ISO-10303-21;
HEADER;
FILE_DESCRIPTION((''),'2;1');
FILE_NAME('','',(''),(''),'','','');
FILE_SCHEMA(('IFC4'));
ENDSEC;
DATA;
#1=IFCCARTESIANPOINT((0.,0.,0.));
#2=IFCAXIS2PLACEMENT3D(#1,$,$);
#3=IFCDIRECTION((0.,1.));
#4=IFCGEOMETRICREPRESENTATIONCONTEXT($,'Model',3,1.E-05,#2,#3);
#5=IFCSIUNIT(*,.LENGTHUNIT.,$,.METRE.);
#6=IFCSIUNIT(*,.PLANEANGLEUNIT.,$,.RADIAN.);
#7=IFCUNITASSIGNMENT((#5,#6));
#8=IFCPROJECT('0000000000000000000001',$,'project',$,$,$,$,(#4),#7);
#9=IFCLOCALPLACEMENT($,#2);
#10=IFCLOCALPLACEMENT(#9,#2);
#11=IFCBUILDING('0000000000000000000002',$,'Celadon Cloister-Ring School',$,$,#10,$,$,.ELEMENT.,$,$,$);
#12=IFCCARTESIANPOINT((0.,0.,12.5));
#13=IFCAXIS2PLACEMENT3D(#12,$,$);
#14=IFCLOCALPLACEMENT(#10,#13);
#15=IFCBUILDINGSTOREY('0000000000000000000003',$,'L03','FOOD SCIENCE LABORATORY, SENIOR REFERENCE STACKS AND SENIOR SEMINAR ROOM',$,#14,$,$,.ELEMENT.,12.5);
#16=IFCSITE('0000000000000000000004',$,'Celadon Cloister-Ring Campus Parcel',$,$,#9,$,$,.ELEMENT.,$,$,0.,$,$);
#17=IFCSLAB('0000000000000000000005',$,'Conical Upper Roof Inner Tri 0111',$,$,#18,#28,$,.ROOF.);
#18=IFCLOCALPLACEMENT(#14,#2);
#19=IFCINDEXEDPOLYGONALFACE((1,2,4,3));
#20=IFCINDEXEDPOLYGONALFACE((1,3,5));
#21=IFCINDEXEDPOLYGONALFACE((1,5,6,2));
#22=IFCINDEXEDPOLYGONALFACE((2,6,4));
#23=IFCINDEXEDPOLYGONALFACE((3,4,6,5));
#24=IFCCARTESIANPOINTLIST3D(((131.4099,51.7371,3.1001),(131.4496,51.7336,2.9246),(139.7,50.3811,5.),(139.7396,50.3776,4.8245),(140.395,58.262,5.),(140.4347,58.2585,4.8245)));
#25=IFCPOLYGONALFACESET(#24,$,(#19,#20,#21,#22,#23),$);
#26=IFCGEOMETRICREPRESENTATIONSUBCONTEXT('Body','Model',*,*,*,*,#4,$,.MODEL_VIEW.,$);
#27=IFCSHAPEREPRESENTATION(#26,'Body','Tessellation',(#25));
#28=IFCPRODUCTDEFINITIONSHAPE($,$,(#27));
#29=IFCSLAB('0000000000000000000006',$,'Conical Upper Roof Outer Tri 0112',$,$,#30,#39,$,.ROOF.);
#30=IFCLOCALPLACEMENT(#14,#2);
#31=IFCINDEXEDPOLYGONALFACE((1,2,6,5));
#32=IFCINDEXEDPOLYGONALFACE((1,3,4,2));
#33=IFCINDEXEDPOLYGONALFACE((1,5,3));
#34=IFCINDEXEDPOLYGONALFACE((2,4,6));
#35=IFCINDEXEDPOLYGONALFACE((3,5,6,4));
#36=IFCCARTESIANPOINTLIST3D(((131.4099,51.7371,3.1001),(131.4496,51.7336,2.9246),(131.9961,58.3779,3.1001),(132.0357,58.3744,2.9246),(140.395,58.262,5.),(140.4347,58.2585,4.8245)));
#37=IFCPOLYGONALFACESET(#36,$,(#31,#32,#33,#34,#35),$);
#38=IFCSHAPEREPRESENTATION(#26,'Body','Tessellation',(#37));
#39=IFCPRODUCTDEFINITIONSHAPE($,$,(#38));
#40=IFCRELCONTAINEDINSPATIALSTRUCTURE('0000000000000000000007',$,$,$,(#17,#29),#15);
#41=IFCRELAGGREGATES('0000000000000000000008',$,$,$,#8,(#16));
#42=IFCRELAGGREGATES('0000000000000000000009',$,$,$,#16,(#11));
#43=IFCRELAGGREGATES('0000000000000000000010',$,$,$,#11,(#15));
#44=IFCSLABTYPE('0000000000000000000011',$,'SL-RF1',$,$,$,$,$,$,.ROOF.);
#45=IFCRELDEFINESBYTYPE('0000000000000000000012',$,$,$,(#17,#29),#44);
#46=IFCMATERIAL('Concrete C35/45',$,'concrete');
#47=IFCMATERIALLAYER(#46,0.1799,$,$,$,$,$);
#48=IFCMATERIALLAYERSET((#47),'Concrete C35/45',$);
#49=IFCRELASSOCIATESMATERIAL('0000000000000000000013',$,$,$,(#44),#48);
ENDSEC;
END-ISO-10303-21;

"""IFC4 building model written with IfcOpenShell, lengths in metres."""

from ifc_helpers import new_model, si_unit, direction, frame, origin, place, context, subcontext, project, spatial, polyline, outline, extrude, material, layer, layer_set, type_object, element, save


model = new_model("IFC4")

# Units and contexts
model_context = context("Model", 3, precision=1e-05, world=origin(), true_north=direction((0.0, 1.0)))
body_context = subcontext(model_context, "Body", "Model", "MODEL_VIEW")
ifc_project = project(units=[si_unit("LENGTHUNIT", "METRE"), si_unit("PLANEANGLEUNIT", "RADIAN")], contexts=[model_context])

# Site, building, storey
site_placement = place(None, origin())
site = spatial("IfcSite", under=ifc_project, at=site_placement, Name="Celadon Cloister-Ring Campus Parcel", CompositionType="ELEMENT", RefElevation=0.0)
building_placement = place(site_placement, origin())
building = spatial("IfcBuilding", under=site, at=building_placement, Name="Celadon Cloister-Ring School", CompositionType="ELEMENT")
storey_placement = place(building_placement, frame((0.0, 0.0, 12.5)))
storey = spatial("IfcBuildingStorey", under=building, at=storey_placement, Name="L03", Description="FOOD SCIENCE LABORATORY, SENIOR REFERENCE STACKS AND SENIOR SEMINAR ROOM", CompositionType="ELEMENT", Elevation=12.5)

# Slabs
ifc_material_1 = material(Name="Concrete C35/45", Category="concrete")
ifc_layer_1 = layer(ifc_material_1, 0.1799)
ifc_layer_set_1 = layer_set([ifc_layer_1], Name="Concrete C35/45")
slab_type = type_object("IfcSlabType", Name="SL-RF1", PredefinedType="ROOF", material=ifc_layer_set_1)
slab_1_placement = place(storey_placement, frame((131.4099, 51.7371, 3.1001), z_axis=(-0.220324, 0.019432, 0.975233), x_axis=(0.962573, -0.157443, 0.220601)))
element("IfcSlab", 1, at=slab_1_placement, inside=storey, type_object=slab_type, Name="Conical Upper Roof Inner Tri 0111", PredefinedType="ROOF", context=body_context, shape_type="SweptSolid", body=[
    extrude(outline(polyline([(0.0, 0.0), (8.6124, 0.0), (8.0406, 7.8908), (0.0, 0.0)])), origin(), (0.0, 0.0, -1.0), 0.1799),
])
slab_2_placement = place(storey_placement, frame((131.4099, 51.7371, 3.1001), z_axis=(-0.220336, 0.019449, 0.97523), x_axis=(0.797563, 0.579183, 0.168645)))
element("IfcSlab", 2, at=slab_2_placement, inside=storey, type_object=slab_type, Name="Conical Upper Roof Outer Tri 0112", PredefinedType="ROOF", context=body_context, shape_type="SweptSolid", body=[
    extrude(outline(polyline([(0.0, 0.0), (11.2657, 0.0), (4.3138, 5.0829), (0.0, 0.0)])), origin(), (0.0, 0.0, -1.0), 0.1799),
])

save(model, "model.ifc")
